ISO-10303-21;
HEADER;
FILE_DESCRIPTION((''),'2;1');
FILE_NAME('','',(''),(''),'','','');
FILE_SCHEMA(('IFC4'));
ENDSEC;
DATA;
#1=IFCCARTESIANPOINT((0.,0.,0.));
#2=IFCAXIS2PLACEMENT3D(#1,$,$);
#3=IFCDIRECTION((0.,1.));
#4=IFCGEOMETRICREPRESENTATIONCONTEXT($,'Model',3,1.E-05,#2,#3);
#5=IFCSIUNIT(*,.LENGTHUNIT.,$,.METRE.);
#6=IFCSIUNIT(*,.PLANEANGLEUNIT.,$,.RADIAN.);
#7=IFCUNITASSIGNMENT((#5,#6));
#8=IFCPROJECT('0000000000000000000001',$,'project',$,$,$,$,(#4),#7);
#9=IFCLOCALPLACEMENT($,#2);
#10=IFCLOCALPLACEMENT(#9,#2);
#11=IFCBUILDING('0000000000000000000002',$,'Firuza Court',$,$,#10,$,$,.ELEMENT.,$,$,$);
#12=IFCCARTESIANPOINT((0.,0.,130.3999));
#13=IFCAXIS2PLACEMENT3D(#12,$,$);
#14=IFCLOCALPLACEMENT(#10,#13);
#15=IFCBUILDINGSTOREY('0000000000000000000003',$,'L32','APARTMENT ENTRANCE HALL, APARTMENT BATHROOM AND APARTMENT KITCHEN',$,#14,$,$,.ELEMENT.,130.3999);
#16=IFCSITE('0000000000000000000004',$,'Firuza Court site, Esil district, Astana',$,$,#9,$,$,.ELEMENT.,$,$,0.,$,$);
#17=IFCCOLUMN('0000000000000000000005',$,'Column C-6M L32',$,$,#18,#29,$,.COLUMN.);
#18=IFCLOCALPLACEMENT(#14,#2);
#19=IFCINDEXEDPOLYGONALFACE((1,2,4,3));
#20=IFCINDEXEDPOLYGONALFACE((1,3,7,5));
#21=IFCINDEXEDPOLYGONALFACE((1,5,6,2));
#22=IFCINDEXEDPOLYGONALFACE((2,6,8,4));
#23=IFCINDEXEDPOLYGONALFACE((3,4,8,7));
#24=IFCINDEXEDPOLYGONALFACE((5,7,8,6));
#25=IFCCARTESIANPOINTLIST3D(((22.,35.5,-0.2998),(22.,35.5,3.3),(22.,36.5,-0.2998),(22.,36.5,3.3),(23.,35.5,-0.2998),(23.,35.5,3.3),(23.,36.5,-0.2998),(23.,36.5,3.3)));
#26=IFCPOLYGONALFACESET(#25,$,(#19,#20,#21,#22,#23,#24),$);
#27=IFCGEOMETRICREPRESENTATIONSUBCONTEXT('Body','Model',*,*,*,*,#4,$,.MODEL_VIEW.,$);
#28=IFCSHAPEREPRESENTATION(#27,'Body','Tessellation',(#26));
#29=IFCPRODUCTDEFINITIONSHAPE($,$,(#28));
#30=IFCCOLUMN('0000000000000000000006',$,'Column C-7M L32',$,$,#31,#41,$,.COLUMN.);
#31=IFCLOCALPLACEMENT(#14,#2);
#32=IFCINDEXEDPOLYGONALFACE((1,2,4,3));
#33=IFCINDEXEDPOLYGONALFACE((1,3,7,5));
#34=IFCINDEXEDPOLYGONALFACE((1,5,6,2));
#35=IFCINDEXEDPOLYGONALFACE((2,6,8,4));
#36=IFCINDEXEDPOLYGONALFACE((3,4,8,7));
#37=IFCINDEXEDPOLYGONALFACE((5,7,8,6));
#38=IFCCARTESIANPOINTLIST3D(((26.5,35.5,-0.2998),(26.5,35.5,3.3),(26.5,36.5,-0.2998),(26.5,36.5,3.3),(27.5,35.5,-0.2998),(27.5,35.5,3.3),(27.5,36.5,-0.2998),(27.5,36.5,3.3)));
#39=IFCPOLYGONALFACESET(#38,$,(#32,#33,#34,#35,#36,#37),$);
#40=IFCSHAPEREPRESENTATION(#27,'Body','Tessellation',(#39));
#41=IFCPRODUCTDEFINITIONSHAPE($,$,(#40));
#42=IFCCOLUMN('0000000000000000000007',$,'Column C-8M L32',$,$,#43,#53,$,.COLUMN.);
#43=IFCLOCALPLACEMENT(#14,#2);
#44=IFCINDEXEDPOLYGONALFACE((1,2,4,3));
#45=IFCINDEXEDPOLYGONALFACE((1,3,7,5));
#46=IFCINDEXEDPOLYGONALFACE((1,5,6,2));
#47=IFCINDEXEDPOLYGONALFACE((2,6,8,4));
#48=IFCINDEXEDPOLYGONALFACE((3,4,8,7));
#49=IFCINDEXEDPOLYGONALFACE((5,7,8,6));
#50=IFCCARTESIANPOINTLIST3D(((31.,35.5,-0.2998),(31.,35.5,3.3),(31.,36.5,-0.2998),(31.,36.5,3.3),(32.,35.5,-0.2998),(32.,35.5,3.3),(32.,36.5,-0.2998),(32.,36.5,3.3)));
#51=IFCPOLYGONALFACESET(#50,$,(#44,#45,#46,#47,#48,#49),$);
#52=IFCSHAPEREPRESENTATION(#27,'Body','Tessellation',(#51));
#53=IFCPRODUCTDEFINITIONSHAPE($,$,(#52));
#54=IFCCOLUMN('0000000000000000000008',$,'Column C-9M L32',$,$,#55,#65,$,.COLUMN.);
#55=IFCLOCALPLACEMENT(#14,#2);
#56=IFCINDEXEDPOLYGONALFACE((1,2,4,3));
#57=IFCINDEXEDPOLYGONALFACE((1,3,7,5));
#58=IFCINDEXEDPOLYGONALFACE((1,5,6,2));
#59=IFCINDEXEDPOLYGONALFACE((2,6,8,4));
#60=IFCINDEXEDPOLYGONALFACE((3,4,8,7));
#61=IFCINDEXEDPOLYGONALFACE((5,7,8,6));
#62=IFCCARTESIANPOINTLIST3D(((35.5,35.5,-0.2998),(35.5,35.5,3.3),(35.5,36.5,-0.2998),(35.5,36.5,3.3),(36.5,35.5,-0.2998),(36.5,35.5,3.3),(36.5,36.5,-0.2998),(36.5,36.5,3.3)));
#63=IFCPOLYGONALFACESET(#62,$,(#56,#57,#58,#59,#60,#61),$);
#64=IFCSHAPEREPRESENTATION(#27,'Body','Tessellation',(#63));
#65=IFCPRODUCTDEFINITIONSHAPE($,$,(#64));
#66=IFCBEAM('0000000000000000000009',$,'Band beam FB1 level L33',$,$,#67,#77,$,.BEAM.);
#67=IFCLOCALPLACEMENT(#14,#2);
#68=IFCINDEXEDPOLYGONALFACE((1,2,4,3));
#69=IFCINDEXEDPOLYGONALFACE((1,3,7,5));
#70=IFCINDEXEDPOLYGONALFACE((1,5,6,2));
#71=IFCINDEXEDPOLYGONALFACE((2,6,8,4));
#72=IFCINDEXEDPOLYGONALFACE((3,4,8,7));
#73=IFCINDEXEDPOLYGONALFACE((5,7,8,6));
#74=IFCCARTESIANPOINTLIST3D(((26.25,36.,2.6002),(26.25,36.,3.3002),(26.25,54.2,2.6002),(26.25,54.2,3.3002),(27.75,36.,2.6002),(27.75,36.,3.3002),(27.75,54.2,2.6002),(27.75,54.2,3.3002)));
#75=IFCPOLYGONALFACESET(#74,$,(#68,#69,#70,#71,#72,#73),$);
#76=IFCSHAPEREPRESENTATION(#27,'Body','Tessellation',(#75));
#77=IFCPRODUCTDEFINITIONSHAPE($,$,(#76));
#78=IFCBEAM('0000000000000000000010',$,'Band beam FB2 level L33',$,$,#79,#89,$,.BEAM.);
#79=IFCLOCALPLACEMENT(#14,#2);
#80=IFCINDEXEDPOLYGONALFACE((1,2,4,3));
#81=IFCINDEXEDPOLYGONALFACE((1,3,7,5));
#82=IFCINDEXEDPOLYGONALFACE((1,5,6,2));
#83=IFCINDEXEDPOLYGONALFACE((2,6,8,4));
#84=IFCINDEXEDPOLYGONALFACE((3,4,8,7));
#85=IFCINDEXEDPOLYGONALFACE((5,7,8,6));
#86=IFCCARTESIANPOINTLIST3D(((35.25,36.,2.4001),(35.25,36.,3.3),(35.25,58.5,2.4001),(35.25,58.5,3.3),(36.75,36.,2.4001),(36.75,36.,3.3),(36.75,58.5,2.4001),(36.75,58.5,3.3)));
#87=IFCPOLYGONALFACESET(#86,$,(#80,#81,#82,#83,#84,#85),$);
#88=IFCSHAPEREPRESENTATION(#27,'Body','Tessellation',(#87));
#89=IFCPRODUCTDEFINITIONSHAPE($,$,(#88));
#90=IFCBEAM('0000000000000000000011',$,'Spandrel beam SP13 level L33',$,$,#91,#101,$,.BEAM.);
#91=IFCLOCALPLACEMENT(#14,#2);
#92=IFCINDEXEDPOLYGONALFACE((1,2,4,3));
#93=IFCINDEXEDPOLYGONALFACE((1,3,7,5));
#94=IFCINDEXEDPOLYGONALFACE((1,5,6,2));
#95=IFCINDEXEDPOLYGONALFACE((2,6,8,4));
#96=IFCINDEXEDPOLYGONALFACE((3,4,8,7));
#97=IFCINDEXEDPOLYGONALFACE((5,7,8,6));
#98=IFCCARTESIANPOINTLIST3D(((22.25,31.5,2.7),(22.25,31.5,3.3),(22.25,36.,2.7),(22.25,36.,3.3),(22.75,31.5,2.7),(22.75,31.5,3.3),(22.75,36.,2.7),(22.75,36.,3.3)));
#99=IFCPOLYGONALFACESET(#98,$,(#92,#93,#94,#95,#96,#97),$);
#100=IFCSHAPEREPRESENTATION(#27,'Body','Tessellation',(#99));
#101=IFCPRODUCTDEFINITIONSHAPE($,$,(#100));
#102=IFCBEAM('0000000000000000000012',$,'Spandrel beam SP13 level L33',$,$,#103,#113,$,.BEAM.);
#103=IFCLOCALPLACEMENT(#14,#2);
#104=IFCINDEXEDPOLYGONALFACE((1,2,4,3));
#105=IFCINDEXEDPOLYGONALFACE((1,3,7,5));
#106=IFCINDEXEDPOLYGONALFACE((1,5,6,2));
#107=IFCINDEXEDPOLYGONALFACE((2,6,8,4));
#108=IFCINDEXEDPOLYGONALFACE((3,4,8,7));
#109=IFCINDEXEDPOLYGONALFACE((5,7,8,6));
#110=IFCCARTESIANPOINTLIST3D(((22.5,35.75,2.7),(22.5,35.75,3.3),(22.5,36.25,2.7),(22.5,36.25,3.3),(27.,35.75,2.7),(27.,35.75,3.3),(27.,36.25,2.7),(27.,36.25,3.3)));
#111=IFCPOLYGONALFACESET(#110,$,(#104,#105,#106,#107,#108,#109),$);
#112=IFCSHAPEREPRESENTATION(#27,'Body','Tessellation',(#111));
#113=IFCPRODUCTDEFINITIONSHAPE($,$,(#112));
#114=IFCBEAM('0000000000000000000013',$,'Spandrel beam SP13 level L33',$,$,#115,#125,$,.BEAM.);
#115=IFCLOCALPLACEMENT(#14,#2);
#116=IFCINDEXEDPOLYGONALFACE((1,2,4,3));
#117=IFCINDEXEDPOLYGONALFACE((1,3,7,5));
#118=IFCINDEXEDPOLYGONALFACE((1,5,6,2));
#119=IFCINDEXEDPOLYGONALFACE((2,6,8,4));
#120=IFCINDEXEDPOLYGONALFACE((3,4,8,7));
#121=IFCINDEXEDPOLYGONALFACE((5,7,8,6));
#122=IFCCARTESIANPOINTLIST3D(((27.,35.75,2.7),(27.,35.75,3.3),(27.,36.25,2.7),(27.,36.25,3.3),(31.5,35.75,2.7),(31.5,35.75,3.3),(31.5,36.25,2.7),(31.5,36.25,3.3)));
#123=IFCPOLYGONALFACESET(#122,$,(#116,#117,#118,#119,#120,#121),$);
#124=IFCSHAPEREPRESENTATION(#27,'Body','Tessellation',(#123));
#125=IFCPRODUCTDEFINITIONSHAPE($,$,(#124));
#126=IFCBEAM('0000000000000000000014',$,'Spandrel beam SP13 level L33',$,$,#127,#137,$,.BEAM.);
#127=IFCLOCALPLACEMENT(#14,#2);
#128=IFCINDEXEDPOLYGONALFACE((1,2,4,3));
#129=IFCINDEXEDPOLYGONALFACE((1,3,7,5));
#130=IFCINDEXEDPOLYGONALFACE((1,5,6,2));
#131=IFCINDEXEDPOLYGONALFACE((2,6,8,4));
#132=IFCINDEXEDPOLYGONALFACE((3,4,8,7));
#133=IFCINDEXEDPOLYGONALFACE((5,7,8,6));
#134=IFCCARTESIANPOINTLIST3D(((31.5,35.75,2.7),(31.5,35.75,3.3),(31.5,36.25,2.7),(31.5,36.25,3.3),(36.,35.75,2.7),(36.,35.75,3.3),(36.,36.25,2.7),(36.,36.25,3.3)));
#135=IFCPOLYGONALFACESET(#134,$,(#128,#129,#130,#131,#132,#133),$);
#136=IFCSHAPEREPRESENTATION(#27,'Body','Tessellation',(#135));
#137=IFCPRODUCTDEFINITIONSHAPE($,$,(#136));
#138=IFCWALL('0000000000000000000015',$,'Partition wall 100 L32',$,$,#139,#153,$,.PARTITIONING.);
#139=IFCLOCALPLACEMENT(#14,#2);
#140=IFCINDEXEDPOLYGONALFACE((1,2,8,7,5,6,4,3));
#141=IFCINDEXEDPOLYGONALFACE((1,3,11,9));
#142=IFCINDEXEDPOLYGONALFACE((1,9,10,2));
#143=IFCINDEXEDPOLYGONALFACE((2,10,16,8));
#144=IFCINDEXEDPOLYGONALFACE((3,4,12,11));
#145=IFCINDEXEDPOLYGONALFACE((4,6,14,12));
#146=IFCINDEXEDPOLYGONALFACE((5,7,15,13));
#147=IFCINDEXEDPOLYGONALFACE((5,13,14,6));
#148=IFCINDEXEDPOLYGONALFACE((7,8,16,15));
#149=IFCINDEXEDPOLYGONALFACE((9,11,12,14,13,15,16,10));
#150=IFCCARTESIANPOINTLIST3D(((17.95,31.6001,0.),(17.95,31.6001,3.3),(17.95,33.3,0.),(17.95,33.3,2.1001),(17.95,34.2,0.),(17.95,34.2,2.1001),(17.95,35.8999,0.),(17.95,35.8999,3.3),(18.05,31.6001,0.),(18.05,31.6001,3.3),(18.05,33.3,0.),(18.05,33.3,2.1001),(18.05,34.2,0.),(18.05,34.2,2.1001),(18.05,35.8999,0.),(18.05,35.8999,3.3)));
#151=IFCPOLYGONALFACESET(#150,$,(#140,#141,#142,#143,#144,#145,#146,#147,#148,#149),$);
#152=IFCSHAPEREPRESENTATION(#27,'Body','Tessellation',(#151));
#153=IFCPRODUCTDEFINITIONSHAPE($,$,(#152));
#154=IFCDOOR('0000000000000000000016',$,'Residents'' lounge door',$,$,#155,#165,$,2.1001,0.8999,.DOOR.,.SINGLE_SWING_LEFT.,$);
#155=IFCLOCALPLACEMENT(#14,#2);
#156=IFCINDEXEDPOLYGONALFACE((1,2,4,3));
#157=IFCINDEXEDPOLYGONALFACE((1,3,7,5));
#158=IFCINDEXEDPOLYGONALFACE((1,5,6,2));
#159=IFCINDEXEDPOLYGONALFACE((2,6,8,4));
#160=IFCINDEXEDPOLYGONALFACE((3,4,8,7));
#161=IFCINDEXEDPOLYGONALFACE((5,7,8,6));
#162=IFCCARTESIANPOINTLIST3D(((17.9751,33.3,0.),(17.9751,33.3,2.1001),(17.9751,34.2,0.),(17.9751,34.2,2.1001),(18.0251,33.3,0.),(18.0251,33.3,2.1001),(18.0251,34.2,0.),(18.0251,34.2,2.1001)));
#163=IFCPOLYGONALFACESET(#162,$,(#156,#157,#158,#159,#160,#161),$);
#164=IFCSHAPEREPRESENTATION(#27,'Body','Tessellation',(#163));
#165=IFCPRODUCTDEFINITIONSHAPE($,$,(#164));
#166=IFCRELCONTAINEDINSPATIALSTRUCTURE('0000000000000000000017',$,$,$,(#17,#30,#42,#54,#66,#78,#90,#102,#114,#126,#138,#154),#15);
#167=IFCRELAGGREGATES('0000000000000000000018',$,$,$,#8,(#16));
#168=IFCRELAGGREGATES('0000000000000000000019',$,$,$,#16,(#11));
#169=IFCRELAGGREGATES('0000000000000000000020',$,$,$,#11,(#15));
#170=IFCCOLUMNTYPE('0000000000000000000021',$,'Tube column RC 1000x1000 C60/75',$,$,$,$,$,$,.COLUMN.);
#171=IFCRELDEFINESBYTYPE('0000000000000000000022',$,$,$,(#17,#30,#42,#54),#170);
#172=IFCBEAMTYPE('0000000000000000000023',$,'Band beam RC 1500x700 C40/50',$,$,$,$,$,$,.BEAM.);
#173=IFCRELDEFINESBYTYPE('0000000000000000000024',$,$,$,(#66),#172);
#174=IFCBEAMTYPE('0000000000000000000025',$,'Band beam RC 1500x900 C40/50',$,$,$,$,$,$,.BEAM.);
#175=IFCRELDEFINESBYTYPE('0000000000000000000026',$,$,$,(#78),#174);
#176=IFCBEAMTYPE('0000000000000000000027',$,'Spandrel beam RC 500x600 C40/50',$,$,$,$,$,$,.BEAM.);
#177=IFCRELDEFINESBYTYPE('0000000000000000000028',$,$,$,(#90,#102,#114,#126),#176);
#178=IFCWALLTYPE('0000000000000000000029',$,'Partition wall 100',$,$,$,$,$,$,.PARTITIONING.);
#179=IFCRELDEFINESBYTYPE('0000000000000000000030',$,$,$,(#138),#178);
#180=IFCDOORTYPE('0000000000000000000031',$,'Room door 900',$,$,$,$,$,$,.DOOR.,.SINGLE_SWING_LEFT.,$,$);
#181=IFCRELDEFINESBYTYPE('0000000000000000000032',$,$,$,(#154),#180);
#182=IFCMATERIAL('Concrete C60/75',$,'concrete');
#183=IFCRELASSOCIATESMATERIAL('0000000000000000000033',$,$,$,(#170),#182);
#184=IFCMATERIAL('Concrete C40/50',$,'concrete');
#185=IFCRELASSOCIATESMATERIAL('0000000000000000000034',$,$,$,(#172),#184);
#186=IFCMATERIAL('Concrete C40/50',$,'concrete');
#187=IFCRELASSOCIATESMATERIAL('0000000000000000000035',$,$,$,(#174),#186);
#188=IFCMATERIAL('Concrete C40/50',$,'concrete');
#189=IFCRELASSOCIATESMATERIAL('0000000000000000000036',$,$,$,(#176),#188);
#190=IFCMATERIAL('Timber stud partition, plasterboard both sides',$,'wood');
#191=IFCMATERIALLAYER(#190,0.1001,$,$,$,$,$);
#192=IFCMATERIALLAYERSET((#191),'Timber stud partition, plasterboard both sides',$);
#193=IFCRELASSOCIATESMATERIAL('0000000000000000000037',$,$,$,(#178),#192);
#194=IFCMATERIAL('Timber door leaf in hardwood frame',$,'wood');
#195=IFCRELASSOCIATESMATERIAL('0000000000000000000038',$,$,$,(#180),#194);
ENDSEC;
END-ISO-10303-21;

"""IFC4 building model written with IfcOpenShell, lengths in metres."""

from ifc_helpers import new_model, si_unit, direction, frame, frame_2d, origin, origin_2d, place, context, subcontext, project, spatial, rectangle, extrude, material, layer, layer_set, material_profile, profile_set, type_object, element, fill, save


model = new_model("IFC4")

# Units and contexts
model_context = context("Model", 3, precision=1e-05, world=origin(), true_north=direction((0.0, 1.0)))
body_context = subcontext(model_context, "Body", "Model", "MODEL_VIEW")
ifc_project = project(units=[si_unit("LENGTHUNIT", "METRE"), si_unit("PLANEANGLEUNIT", "RADIAN")], contexts=[model_context])

# Site, building, storey
site_placement = place(None, origin())
site = spatial("IfcSite", under=ifc_project, at=site_placement, Name="Firuza Court site, Esil district, Astana", CompositionType="ELEMENT", RefElevation=0.0)
building_placement = place(site_placement, origin())
building = spatial("IfcBuilding", under=site, at=building_placement, Name="Firuza Court", CompositionType="ELEMENT")
storey_placement = place(building_placement, frame((0.0, 0.0, 130.3999)))
storey = spatial("IfcBuildingStorey", under=building, at=storey_placement, Name="L32", Description="APARTMENT ENTRANCE HALL, APARTMENT BATHROOM AND APARTMENT KITCHEN", CompositionType="ELEMENT", Elevation=130.3999)

# Columns
ifc_material_1 = material(Name="Concrete C60/75", Category="concrete")
ifc_material_profile_1 = material_profile(ifc_material_1, rectangle(XDim=1.0, YDim=1.0, at=origin_2d()), Name="RC 1000x1000")
ifc_profile_set_1 = profile_set([ifc_material_profile_1], Name="Concrete C60/75")
column_type = type_object("IfcColumnType", Name="Tube column RC 1000x1000 C60/75", PredefinedType="COLUMN", material=ifc_profile_set_1)
for number, where, z_axis, x_axis, name in (
    (1, (22.5, 36.0, -0.2998), (0.0, 0.0, 1.0), (1.0, 0.0, 0.0), "Column C-6M L32"),
    (2, (27.0, 36.0, -0.2998), (0.0, 0.0, 1.0), (1.0, 0.0, 0.0), "Column C-7M L32"),
    (3, (31.5, 36.0, -0.2998), (0.0, 0.0, 1.0), (1.0, 0.0, 0.0), "Column C-8M L32"),
    (4, (36.0, 36.0, -0.2998), (0.0, 0.0, 1.0), (1.0, 0.0, 0.0), "Column C-9M L32"),
):
    element("IfcColumn", number, at=place(storey_placement, frame(where, z_axis=z_axis, x_axis=x_axis)), inside=storey, type_object=column_type, Name=name, PredefinedType="COLUMN", context=body_context, shape_type="SweptSolid", body=[
        extrude(rectangle(XDim=1.0, YDim=1.0, at=origin_2d()), origin(), (0.0, 0.0, 1.0), 3.5999),
    ])

# Beams
ifc_material_2 = material(Name="Concrete C40/50", Category="concrete")
ifc_material_profile_2 = material_profile(ifc_material_2, rectangle(XDim=1.5, YDim=0.7, at=origin_2d()), Name="RC 1500x700")
ifc_profile_set_2 = profile_set([ifc_material_profile_2], Name="Concrete C40/50")
beam_type_1 = type_object("IfcBeamType", Name="Band beam RC 1500x700 C40/50", PredefinedType="BEAM", material=ifc_profile_set_2)
beam_1_placement = place(storey_placement, frame((27.0, 36.0, 2.9502), z_axis=(0.0, 1.0, 0.0), x_axis=(-1.0, 0.0, 0.0)))
element("IfcBeam", 5, at=beam_1_placement, inside=storey, type_object=beam_type_1, Name="Band beam FB1 level L33", PredefinedType="BEAM", context=body_context, shape_type="SweptSolid", body=[
    extrude(rectangle(XDim=1.5, YDim=0.7, at=origin_2d()), origin(), (0.0, 0.0, 1.0), 18.2),
])
ifc_material_3 = material(Name="Concrete C40/50", Category="concrete")
ifc_material_profile_3 = material_profile(ifc_material_3, rectangle(XDim=1.5, YDim=0.8999, at=origin_2d()), Name="RC 1500x900")
ifc_profile_set_3 = profile_set([ifc_material_profile_3], Name="Concrete C40/50")
beam_type_2 = type_object("IfcBeamType", Name="Band beam RC 1500x900 C40/50", PredefinedType="BEAM", material=ifc_profile_set_3)
beam_2_placement = place(storey_placement, frame((36.0, 36.0, 2.8501), z_axis=(0.0, 1.0, 0.0), x_axis=(-1.0, 0.0, 0.0)))
element("IfcBeam", 6, at=beam_2_placement, inside=storey, type_object=beam_type_2, Name="Band beam FB2 level L33", PredefinedType="BEAM", context=body_context, shape_type="SweptSolid", body=[
    extrude(rectangle(XDim=1.5, YDim=0.8999, at=origin_2d()), origin(), (0.0, 0.0, 1.0), 22.5),
])
ifc_material_4 = material(Name="Concrete C40/50", Category="concrete")
ifc_material_profile_4 = material_profile(ifc_material_4, rectangle(XDim=0.5, YDim=0.6001, at=origin_2d()), Name="RC 500x600")
ifc_profile_set_4 = profile_set([ifc_material_profile_4], Name="Concrete C40/50")
beam_type_3 = type_object("IfcBeamType", Name="Spandrel beam RC 500x600 C40/50", PredefinedType="BEAM", material=ifc_profile_set_4)
for number, where, z_axis, x_axis, name in (
    (7, (22.5, 31.5, 3.0), (0.0, 1.0, 0.0), (-1.0, 0.0, 0.0), "Spandrel beam SP13 level L33"),
    (8, (22.5, 36.0, 3.0), (1.0, 0.0, 0.0), (0.0, 1.0, 0.0), "Spandrel beam SP13 level L33"),
    (9, (27.0, 36.0, 3.0), (1.0, 0.0, 0.0), (0.0, 1.0, 0.0), "Spandrel beam SP13 level L33"),
    (10, (31.5, 36.0, 3.0), (1.0, 0.0, 0.0), (0.0, 1.0, 0.0), "Spandrel beam SP13 level L33"),
):
    element("IfcBeam", number, at=place(storey_placement, frame(where, z_axis=z_axis, x_axis=x_axis)), inside=storey, type_object=beam_type_3, Name=name, PredefinedType="BEAM", context=body_context, shape_type="SweptSolid", body=[
        extrude(rectangle(XDim=0.5, YDim=0.6001, at=origin_2d()), origin(), (0.0, 0.0, 1.0), 4.5),
    ])

# Wall, opening, door
ifc_material_5 = material(Name="Timber stud partition, plasterboard both sides", Category="wood")
ifc_layer_1 = layer(ifc_material_5, 0.1001)
ifc_layer_set_1 = layer_set([ifc_layer_1], Name="Timber stud partition, plasterboard both sides")
wall_type_1 = type_object("IfcWallType", Name="Partition wall 100", PredefinedType="PARTITIONING", material=ifc_layer_set_1)
wall_1_placement = place(storey_placement, frame((18.0, 31.6001, 0.0), z_axis=(0.0, 0.0, 1.0), x_axis=(0.0, 1.0, 0.0)))
wall_1 = element("IfcWall", 11, at=wall_1_placement, inside=storey, type_object=wall_type_1, Name="Partition wall 100 L32", PredefinedType="PARTITIONING", context=body_context, shape_type="SweptSolid", body=[
    extrude(rectangle(XDim=4.2998, YDim=0.1001, at=frame_2d((2.1499, 0.0))), origin(), (0.0, 0.0, 1.0), 3.3),
])
opening_1_placement = place(wall_1_placement, frame((1.7, 0.0, 0.0)))
opening_1 = element("IfcOpeningElement", 12, at=opening_1_placement, cuts=wall_1, PredefinedType="OPENING", context=body_context, shape_type="SweptSolid", body=[
    extrude(rectangle(XDim=0.8999, YDim=2.1001, at=frame_2d((0.45, 1.05))), frame((0.0, 0.062, 0.0), z_axis=(0.0, -1.0, 0.0), x_axis=(1.0, 0.0, 0.0)), (0.0, 0.0, 1.0), 0.124),
])
ifc_material_6 = material(Name="Timber door leaf in hardwood frame", Category="wood")
door_type = type_object("IfcDoorType", Name="Room door 900", OperationType="SINGLE_SWING_LEFT", PredefinedType="DOOR", material=ifc_material_6)
door_placement = place(opening_1_placement, origin())
door = element("IfcDoor", 13, at=door_placement, inside=storey, type_object=door_type, Name="Residents' lounge door", OperationType="SINGLE_SWING_LEFT", OverallHeight=2.1001, OverallWidth=0.8999, PredefinedType="DOOR", context=body_context, shape_type="SweptSolid", body=[
    extrude(rectangle(XDim=0.8999, YDim=2.1001, at=frame_2d((0.45, 1.05))), frame((0.0, 0.0249, 0.0), z_axis=(0.0, -1.0, 0.0), x_axis=(1.0, 0.0, 0.0)), (0.0, 0.0, 1.0), 0.05),
])
fill(opening_1, door)

save(model, "model.ifc")
